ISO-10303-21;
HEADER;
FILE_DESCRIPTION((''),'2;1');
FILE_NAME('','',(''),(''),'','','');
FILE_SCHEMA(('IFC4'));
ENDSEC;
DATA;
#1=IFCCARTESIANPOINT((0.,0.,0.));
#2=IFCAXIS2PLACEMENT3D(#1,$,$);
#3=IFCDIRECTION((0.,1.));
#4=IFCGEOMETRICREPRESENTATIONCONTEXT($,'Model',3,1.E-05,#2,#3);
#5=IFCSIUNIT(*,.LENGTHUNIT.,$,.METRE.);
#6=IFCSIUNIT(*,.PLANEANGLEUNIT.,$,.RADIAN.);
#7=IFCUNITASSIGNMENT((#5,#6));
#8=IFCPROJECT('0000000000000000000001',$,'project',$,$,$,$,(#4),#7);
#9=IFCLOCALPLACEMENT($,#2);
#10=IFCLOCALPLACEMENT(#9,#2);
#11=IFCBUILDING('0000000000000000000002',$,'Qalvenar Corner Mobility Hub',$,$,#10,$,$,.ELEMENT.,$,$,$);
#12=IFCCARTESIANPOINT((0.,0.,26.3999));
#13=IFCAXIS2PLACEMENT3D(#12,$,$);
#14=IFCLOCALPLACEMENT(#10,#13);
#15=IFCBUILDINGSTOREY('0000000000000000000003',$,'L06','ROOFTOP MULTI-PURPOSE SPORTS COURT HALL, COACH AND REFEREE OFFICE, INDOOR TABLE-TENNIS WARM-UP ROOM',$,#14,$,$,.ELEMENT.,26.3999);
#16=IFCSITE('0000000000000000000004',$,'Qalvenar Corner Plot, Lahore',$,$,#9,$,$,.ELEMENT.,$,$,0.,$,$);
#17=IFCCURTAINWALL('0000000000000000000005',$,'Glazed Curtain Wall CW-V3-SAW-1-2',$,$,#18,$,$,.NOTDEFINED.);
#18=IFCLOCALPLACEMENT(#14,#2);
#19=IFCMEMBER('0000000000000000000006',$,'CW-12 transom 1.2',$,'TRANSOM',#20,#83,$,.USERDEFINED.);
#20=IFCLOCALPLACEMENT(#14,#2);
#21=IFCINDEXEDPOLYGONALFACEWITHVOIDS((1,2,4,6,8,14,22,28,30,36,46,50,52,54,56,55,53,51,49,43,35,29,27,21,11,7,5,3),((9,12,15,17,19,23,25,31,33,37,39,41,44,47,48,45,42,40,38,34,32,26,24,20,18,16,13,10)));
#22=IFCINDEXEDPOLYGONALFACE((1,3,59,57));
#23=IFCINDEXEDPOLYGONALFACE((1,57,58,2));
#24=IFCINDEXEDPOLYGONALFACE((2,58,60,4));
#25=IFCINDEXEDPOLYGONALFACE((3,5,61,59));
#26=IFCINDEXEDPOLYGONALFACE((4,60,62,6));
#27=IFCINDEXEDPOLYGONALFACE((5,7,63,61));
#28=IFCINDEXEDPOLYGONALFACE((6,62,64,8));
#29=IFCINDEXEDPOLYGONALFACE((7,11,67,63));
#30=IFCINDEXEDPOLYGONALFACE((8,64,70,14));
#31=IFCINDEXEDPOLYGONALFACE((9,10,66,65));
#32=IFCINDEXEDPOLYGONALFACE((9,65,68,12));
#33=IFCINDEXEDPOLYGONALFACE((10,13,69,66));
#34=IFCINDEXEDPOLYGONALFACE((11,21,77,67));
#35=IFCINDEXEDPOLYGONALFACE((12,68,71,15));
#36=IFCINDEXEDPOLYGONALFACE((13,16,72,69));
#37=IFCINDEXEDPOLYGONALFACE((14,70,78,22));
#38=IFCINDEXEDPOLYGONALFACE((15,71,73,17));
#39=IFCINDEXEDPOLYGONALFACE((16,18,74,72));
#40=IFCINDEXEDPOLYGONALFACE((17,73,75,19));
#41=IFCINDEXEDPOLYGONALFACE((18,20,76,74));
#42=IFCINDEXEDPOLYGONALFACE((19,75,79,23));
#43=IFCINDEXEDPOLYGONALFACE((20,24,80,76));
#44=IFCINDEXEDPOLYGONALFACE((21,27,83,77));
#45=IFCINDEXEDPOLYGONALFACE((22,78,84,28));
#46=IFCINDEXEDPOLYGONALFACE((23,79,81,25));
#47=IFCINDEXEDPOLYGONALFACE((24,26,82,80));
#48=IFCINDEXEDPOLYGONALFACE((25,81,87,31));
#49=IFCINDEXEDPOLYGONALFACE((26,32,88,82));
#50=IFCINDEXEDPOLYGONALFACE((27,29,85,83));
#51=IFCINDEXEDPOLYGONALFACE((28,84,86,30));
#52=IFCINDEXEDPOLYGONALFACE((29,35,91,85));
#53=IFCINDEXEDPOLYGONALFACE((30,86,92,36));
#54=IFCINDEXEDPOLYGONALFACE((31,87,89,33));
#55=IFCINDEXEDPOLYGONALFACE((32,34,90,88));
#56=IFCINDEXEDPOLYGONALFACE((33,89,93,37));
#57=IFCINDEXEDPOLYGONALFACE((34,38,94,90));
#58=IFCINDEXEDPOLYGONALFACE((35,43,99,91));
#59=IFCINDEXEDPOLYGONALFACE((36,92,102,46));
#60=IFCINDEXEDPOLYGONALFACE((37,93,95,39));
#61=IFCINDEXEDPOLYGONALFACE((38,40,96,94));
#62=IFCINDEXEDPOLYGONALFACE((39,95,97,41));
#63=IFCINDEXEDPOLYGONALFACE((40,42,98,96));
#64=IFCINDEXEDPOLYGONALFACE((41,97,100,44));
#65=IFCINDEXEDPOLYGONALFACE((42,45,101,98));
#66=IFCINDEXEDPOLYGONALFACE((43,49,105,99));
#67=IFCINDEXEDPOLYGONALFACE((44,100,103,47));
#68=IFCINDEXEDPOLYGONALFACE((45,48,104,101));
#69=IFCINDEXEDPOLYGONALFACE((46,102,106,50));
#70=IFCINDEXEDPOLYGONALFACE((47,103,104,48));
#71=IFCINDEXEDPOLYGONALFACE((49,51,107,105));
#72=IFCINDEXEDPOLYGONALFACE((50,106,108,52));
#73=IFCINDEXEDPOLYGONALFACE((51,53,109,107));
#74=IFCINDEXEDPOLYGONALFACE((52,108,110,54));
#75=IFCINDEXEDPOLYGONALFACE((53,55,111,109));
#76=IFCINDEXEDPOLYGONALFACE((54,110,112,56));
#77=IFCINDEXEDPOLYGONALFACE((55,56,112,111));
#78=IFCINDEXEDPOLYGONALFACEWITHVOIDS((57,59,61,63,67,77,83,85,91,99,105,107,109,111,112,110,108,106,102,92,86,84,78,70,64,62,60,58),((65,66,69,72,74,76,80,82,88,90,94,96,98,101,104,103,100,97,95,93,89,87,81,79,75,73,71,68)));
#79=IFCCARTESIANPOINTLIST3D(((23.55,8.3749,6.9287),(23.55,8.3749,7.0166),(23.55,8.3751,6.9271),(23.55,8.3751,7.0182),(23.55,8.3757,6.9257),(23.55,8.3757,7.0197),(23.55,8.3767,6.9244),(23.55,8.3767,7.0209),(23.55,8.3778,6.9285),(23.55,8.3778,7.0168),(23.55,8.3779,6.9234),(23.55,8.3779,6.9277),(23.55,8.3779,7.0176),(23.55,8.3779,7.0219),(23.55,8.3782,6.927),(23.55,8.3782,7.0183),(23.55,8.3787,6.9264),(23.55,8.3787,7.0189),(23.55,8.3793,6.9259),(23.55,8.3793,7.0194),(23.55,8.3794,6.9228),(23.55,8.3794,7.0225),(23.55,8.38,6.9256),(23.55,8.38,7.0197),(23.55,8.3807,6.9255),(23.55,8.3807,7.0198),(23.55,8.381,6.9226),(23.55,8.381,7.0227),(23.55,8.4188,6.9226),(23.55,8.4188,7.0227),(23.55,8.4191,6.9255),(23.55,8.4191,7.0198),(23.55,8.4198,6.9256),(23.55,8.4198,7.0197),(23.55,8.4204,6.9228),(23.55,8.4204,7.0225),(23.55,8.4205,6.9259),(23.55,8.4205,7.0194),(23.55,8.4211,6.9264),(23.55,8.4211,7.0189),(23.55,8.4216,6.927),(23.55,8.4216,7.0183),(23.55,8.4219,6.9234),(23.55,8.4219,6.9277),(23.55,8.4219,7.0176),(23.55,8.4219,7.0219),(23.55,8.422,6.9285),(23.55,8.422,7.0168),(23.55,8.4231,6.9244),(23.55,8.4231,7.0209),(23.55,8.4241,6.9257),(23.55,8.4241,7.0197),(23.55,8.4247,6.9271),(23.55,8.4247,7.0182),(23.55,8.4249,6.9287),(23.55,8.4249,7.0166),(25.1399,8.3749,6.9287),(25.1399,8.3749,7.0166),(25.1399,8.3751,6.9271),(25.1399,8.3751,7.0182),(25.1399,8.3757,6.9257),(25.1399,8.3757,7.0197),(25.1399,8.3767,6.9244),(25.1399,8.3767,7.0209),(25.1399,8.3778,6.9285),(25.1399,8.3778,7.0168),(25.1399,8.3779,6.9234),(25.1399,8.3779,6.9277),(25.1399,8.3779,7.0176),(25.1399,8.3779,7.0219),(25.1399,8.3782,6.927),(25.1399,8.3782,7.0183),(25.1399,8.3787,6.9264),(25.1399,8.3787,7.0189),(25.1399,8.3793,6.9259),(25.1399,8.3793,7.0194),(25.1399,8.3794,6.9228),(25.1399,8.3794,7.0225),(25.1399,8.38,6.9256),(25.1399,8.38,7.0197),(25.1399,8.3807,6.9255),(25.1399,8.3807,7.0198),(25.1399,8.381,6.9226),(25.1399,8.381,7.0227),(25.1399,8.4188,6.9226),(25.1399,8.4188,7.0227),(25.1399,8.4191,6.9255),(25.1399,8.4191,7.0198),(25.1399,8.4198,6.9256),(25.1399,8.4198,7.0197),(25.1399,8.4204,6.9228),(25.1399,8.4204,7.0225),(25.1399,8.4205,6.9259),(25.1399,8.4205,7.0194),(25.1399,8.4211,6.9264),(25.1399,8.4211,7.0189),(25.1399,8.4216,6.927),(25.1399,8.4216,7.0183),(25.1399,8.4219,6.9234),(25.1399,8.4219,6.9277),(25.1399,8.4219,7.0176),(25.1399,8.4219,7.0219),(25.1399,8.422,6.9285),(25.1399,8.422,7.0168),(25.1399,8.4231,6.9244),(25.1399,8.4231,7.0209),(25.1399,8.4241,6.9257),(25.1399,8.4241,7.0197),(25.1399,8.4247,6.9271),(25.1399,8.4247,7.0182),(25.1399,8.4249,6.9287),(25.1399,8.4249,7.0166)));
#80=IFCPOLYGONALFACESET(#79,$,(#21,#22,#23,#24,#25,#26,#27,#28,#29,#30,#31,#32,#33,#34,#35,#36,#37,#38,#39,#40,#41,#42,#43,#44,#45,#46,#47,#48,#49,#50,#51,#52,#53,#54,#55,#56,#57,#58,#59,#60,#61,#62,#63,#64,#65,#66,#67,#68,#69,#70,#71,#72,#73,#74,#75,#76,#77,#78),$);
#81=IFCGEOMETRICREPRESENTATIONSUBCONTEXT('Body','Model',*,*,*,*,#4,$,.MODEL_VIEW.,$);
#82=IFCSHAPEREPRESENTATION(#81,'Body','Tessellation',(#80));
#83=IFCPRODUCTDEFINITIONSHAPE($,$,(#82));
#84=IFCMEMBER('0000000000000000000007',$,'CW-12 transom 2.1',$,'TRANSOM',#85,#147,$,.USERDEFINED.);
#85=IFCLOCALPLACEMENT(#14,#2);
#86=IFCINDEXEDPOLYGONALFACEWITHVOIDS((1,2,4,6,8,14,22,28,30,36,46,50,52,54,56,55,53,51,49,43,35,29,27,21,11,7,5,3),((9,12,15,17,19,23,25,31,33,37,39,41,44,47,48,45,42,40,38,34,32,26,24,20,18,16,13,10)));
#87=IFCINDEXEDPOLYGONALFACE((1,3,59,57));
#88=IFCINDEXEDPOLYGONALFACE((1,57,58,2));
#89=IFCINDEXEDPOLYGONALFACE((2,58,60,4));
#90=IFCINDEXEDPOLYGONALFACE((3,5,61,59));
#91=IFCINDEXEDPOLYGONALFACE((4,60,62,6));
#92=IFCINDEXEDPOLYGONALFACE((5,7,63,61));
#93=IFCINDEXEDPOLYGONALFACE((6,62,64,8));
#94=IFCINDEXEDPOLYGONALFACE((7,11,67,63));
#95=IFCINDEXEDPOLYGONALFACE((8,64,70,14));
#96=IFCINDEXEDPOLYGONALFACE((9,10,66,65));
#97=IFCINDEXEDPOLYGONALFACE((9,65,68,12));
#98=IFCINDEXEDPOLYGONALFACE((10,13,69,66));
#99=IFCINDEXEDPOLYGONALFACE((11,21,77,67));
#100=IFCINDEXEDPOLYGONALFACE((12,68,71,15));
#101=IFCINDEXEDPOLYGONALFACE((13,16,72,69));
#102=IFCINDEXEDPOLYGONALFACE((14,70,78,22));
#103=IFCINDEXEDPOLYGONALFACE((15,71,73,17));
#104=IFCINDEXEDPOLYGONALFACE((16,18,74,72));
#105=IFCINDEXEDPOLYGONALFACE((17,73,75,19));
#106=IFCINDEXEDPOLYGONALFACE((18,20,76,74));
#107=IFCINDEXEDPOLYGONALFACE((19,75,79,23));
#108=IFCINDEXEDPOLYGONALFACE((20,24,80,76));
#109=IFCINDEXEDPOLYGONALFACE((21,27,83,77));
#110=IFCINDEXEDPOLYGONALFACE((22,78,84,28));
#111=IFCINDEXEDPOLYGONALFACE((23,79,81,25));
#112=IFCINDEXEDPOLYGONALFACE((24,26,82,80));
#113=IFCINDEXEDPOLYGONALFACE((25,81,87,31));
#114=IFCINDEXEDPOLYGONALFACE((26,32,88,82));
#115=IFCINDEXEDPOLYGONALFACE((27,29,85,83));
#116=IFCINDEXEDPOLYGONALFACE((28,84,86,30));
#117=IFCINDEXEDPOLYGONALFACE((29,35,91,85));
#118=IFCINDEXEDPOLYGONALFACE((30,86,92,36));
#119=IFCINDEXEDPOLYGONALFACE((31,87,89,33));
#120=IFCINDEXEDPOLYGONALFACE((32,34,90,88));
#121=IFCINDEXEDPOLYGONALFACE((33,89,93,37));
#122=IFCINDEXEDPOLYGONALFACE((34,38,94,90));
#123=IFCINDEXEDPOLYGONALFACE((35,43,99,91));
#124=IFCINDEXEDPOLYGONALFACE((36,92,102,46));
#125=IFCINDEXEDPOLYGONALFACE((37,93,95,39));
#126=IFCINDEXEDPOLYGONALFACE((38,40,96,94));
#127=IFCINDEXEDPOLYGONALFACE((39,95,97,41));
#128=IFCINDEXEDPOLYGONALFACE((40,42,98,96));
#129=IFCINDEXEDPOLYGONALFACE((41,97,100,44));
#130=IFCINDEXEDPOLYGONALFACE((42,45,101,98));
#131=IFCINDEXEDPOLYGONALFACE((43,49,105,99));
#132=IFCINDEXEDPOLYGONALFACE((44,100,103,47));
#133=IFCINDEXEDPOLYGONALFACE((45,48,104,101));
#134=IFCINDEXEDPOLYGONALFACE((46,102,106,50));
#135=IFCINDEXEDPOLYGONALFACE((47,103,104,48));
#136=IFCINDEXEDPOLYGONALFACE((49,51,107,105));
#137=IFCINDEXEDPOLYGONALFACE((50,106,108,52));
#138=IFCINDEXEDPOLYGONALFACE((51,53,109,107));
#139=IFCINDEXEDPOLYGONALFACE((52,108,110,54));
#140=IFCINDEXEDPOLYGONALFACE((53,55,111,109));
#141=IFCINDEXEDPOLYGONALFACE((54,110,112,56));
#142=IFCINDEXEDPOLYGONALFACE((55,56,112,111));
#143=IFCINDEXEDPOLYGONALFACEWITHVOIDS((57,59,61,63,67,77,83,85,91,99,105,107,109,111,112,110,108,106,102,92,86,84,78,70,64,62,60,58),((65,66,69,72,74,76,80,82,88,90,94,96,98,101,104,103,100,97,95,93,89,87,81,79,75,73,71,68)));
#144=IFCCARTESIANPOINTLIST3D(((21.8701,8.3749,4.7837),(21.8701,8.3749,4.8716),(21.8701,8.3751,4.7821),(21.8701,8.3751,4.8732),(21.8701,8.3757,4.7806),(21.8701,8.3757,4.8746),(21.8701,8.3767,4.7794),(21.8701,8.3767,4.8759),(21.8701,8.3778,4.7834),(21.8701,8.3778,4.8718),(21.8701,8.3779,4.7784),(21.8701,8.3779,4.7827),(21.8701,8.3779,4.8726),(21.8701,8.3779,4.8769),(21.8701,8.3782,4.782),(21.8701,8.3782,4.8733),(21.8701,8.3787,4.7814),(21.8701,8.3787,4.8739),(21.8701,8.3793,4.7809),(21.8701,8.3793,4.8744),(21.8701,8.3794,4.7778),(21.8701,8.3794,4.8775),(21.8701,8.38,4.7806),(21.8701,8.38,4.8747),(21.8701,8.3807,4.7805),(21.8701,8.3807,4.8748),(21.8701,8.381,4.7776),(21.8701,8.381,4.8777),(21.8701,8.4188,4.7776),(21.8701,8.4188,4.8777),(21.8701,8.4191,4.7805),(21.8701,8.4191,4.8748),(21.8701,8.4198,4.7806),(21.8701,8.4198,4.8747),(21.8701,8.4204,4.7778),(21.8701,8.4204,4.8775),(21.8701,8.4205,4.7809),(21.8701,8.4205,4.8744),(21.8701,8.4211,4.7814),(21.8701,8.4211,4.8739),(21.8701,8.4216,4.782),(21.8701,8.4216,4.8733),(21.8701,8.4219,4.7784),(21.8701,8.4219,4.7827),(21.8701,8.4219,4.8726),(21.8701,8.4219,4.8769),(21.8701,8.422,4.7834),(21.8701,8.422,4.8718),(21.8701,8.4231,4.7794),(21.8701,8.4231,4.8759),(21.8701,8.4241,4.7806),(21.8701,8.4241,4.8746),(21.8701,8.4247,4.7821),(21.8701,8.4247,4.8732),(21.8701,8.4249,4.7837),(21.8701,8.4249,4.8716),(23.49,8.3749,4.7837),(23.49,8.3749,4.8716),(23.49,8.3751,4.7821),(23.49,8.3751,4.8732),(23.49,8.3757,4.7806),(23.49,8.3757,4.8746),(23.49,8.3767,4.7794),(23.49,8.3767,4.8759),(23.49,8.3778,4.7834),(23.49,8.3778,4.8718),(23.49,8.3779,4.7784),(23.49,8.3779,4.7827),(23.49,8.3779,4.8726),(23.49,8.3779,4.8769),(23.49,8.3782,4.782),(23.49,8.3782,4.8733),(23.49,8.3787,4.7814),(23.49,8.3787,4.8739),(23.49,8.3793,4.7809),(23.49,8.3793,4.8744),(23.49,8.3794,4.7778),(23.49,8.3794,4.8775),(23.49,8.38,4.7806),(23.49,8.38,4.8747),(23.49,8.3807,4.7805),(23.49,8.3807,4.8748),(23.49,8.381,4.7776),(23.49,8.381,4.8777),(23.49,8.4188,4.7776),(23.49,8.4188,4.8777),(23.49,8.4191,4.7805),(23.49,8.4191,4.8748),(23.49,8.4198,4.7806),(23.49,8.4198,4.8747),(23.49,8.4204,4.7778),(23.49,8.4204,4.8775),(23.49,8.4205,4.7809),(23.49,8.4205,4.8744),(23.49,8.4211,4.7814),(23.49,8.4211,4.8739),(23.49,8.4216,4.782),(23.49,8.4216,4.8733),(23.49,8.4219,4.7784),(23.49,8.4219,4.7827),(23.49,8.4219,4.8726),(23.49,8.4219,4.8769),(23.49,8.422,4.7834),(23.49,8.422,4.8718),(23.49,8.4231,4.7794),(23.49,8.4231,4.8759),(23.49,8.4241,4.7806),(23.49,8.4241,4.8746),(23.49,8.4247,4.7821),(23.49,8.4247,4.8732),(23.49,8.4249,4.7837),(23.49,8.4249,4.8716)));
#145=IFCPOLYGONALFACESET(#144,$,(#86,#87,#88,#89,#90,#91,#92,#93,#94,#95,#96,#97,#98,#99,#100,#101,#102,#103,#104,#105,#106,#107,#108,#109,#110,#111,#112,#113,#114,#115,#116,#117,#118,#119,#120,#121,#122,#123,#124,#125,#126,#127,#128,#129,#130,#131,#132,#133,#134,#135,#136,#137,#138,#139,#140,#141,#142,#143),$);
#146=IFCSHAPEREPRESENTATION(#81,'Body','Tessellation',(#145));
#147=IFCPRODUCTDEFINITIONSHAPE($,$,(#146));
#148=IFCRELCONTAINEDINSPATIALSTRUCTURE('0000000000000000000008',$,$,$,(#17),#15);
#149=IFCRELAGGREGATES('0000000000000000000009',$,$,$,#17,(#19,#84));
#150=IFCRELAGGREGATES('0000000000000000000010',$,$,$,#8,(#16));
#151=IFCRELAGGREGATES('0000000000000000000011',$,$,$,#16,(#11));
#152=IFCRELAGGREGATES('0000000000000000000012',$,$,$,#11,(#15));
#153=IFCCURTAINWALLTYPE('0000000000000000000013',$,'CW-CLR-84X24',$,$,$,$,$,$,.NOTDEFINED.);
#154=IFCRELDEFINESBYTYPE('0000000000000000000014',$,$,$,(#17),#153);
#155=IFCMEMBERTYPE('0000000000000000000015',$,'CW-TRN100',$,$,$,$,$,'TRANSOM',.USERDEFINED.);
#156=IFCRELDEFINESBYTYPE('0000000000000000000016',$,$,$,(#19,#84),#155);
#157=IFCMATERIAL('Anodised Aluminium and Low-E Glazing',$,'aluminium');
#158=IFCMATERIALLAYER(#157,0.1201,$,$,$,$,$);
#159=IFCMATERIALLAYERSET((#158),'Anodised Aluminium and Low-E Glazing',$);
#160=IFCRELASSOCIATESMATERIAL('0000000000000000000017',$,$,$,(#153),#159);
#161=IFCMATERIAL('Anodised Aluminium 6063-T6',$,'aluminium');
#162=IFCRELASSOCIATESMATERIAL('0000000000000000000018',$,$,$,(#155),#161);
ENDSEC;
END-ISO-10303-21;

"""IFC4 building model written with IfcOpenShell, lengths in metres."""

from ifc_helpers import new_model, si_unit, direction, frame, origin, origin_2d, place, context, subcontext, project, spatial, hollow_rectangle, extrude, material, layer, layer_set, material_profile, profile_set, type_object, element, aggregate, save


model = new_model("IFC4")

# Units and contexts
model_context = context("Model", 3, precision=1e-05, world=origin(), true_north=direction((0.0, 1.0)))
body_context = subcontext(model_context, "Body", "Model", "MODEL_VIEW")
ifc_project = project(units=[si_unit("LENGTHUNIT", "METRE"), si_unit("PLANEANGLEUNIT", "RADIAN")], contexts=[model_context])

# Site, building, storey
site_placement = place(None, origin())
site = spatial("IfcSite", under=ifc_project, at=site_placement, Name="Qalvenar Corner Plot, Lahore", CompositionType="ELEMENT", RefElevation=0.0)
building_placement = place(site_placement, origin())
building = spatial("IfcBuilding", under=site, at=building_placement, Name="Qalvenar Corner Mobility Hub", CompositionType="ELEMENT")
storey_placement = place(building_placement, frame((0.0, 0.0, 26.3999)))
storey = spatial("IfcBuildingStorey", under=building, at=storey_placement, Name="L06", Description="ROOFTOP MULTI-PURPOSE SPORTS COURT HALL, COACH AND REFEREE OFFICE, INDOOR TABLE-TENNIS WARM-UP ROOM", CompositionType="ELEMENT", Elevation=26.3999)

# Curtain wall
ifc_material_1 = material(Name="Anodised Aluminium and Low-E Glazing", Category="aluminium")
ifc_layer_1 = layer(ifc_material_1, 0.1201)
ifc_layer_set_1 = layer_set([ifc_layer_1], Name="Anodised Aluminium and Low-E Glazing")
curtain_wall_type = type_object("IfcCurtainWallType", Name="CW-CLR-84X24", PredefinedType="NOTDEFINED", material=ifc_layer_set_1)
curtain_wall_1_placement = place(storey_placement, origin())
curtain_wall_1 = element("IfcCurtainWall", 1, at=curtain_wall_1_placement, inside=storey, type_object=curtain_wall_type, Name="Glazed Curtain Wall CW-V3-SAW-1-2", PredefinedType="NOTDEFINED")
ifc_material_2 = material(Name="Anodised Aluminium 6063-T6", Category="aluminium")

# Members
ifc_material_profile_1 = material_profile(ifc_material_2, hollow_rectangle(XDim=0.05, YDim=0.1001, WallThickness=0.0029, InnerFilletRadius=0.0029, OuterFilletRadius=0.0061, at=origin_2d()), Name="RHS100x50x3")
ifc_profile_set_1 = profile_set([ifc_material_profile_1], Name="Anodised Aluminium 6063-T6")
member_type_1 = type_object("IfcMemberType", Name="CW-TRN100", ElementType="TRANSOM", PredefinedType="USERDEFINED", material=ifc_profile_set_1)
member_1_placement = place(storey_placement, frame((25.1399, 8.3999, 6.9727), z_axis=(-1.0, 0.0, 0.0), x_axis=(0.0, -1.0, 0.0)))
member_1 = element("IfcMember", 2, at=member_1_placement, type_object=member_type_1, Name="CW-12 transom 1.2", ObjectType="TRANSOM", PredefinedType="USERDEFINED", context=body_context, shape_type="SweptSolid", body=[
    extrude(hollow_rectangle(XDim=0.05, YDim=0.1001, WallThickness=0.0029, InnerFilletRadius=0.0029, OuterFilletRadius=0.0061, at=origin_2d()), origin(), (0.0, 0.0, 1.0), 1.5898),
])
member_2_placement = place(storey_placement, frame((23.49, 8.3999, 4.8276), z_axis=(-1.0, 0.0, 0.0), x_axis=(0.0, -1.0, 0.0)))
member_2 = element("IfcMember", 3, at=member_2_placement, type_object=member_type_1, Name="CW-12 transom 2.1", ObjectType="TRANSOM", PredefinedType="USERDEFINED", context=body_context, shape_type="SweptSolid", body=[
    extrude(hollow_rectangle(XDim=0.05, YDim=0.1001, WallThickness=0.0029, InnerFilletRadius=0.0029, OuterFilletRadius=0.0061, at=origin_2d()), origin(), (0.0, 0.0, 1.0), 1.6199),
])

aggregate(curtain_wall_1, [member_1, member_2])

save(model, "model.ifc")
